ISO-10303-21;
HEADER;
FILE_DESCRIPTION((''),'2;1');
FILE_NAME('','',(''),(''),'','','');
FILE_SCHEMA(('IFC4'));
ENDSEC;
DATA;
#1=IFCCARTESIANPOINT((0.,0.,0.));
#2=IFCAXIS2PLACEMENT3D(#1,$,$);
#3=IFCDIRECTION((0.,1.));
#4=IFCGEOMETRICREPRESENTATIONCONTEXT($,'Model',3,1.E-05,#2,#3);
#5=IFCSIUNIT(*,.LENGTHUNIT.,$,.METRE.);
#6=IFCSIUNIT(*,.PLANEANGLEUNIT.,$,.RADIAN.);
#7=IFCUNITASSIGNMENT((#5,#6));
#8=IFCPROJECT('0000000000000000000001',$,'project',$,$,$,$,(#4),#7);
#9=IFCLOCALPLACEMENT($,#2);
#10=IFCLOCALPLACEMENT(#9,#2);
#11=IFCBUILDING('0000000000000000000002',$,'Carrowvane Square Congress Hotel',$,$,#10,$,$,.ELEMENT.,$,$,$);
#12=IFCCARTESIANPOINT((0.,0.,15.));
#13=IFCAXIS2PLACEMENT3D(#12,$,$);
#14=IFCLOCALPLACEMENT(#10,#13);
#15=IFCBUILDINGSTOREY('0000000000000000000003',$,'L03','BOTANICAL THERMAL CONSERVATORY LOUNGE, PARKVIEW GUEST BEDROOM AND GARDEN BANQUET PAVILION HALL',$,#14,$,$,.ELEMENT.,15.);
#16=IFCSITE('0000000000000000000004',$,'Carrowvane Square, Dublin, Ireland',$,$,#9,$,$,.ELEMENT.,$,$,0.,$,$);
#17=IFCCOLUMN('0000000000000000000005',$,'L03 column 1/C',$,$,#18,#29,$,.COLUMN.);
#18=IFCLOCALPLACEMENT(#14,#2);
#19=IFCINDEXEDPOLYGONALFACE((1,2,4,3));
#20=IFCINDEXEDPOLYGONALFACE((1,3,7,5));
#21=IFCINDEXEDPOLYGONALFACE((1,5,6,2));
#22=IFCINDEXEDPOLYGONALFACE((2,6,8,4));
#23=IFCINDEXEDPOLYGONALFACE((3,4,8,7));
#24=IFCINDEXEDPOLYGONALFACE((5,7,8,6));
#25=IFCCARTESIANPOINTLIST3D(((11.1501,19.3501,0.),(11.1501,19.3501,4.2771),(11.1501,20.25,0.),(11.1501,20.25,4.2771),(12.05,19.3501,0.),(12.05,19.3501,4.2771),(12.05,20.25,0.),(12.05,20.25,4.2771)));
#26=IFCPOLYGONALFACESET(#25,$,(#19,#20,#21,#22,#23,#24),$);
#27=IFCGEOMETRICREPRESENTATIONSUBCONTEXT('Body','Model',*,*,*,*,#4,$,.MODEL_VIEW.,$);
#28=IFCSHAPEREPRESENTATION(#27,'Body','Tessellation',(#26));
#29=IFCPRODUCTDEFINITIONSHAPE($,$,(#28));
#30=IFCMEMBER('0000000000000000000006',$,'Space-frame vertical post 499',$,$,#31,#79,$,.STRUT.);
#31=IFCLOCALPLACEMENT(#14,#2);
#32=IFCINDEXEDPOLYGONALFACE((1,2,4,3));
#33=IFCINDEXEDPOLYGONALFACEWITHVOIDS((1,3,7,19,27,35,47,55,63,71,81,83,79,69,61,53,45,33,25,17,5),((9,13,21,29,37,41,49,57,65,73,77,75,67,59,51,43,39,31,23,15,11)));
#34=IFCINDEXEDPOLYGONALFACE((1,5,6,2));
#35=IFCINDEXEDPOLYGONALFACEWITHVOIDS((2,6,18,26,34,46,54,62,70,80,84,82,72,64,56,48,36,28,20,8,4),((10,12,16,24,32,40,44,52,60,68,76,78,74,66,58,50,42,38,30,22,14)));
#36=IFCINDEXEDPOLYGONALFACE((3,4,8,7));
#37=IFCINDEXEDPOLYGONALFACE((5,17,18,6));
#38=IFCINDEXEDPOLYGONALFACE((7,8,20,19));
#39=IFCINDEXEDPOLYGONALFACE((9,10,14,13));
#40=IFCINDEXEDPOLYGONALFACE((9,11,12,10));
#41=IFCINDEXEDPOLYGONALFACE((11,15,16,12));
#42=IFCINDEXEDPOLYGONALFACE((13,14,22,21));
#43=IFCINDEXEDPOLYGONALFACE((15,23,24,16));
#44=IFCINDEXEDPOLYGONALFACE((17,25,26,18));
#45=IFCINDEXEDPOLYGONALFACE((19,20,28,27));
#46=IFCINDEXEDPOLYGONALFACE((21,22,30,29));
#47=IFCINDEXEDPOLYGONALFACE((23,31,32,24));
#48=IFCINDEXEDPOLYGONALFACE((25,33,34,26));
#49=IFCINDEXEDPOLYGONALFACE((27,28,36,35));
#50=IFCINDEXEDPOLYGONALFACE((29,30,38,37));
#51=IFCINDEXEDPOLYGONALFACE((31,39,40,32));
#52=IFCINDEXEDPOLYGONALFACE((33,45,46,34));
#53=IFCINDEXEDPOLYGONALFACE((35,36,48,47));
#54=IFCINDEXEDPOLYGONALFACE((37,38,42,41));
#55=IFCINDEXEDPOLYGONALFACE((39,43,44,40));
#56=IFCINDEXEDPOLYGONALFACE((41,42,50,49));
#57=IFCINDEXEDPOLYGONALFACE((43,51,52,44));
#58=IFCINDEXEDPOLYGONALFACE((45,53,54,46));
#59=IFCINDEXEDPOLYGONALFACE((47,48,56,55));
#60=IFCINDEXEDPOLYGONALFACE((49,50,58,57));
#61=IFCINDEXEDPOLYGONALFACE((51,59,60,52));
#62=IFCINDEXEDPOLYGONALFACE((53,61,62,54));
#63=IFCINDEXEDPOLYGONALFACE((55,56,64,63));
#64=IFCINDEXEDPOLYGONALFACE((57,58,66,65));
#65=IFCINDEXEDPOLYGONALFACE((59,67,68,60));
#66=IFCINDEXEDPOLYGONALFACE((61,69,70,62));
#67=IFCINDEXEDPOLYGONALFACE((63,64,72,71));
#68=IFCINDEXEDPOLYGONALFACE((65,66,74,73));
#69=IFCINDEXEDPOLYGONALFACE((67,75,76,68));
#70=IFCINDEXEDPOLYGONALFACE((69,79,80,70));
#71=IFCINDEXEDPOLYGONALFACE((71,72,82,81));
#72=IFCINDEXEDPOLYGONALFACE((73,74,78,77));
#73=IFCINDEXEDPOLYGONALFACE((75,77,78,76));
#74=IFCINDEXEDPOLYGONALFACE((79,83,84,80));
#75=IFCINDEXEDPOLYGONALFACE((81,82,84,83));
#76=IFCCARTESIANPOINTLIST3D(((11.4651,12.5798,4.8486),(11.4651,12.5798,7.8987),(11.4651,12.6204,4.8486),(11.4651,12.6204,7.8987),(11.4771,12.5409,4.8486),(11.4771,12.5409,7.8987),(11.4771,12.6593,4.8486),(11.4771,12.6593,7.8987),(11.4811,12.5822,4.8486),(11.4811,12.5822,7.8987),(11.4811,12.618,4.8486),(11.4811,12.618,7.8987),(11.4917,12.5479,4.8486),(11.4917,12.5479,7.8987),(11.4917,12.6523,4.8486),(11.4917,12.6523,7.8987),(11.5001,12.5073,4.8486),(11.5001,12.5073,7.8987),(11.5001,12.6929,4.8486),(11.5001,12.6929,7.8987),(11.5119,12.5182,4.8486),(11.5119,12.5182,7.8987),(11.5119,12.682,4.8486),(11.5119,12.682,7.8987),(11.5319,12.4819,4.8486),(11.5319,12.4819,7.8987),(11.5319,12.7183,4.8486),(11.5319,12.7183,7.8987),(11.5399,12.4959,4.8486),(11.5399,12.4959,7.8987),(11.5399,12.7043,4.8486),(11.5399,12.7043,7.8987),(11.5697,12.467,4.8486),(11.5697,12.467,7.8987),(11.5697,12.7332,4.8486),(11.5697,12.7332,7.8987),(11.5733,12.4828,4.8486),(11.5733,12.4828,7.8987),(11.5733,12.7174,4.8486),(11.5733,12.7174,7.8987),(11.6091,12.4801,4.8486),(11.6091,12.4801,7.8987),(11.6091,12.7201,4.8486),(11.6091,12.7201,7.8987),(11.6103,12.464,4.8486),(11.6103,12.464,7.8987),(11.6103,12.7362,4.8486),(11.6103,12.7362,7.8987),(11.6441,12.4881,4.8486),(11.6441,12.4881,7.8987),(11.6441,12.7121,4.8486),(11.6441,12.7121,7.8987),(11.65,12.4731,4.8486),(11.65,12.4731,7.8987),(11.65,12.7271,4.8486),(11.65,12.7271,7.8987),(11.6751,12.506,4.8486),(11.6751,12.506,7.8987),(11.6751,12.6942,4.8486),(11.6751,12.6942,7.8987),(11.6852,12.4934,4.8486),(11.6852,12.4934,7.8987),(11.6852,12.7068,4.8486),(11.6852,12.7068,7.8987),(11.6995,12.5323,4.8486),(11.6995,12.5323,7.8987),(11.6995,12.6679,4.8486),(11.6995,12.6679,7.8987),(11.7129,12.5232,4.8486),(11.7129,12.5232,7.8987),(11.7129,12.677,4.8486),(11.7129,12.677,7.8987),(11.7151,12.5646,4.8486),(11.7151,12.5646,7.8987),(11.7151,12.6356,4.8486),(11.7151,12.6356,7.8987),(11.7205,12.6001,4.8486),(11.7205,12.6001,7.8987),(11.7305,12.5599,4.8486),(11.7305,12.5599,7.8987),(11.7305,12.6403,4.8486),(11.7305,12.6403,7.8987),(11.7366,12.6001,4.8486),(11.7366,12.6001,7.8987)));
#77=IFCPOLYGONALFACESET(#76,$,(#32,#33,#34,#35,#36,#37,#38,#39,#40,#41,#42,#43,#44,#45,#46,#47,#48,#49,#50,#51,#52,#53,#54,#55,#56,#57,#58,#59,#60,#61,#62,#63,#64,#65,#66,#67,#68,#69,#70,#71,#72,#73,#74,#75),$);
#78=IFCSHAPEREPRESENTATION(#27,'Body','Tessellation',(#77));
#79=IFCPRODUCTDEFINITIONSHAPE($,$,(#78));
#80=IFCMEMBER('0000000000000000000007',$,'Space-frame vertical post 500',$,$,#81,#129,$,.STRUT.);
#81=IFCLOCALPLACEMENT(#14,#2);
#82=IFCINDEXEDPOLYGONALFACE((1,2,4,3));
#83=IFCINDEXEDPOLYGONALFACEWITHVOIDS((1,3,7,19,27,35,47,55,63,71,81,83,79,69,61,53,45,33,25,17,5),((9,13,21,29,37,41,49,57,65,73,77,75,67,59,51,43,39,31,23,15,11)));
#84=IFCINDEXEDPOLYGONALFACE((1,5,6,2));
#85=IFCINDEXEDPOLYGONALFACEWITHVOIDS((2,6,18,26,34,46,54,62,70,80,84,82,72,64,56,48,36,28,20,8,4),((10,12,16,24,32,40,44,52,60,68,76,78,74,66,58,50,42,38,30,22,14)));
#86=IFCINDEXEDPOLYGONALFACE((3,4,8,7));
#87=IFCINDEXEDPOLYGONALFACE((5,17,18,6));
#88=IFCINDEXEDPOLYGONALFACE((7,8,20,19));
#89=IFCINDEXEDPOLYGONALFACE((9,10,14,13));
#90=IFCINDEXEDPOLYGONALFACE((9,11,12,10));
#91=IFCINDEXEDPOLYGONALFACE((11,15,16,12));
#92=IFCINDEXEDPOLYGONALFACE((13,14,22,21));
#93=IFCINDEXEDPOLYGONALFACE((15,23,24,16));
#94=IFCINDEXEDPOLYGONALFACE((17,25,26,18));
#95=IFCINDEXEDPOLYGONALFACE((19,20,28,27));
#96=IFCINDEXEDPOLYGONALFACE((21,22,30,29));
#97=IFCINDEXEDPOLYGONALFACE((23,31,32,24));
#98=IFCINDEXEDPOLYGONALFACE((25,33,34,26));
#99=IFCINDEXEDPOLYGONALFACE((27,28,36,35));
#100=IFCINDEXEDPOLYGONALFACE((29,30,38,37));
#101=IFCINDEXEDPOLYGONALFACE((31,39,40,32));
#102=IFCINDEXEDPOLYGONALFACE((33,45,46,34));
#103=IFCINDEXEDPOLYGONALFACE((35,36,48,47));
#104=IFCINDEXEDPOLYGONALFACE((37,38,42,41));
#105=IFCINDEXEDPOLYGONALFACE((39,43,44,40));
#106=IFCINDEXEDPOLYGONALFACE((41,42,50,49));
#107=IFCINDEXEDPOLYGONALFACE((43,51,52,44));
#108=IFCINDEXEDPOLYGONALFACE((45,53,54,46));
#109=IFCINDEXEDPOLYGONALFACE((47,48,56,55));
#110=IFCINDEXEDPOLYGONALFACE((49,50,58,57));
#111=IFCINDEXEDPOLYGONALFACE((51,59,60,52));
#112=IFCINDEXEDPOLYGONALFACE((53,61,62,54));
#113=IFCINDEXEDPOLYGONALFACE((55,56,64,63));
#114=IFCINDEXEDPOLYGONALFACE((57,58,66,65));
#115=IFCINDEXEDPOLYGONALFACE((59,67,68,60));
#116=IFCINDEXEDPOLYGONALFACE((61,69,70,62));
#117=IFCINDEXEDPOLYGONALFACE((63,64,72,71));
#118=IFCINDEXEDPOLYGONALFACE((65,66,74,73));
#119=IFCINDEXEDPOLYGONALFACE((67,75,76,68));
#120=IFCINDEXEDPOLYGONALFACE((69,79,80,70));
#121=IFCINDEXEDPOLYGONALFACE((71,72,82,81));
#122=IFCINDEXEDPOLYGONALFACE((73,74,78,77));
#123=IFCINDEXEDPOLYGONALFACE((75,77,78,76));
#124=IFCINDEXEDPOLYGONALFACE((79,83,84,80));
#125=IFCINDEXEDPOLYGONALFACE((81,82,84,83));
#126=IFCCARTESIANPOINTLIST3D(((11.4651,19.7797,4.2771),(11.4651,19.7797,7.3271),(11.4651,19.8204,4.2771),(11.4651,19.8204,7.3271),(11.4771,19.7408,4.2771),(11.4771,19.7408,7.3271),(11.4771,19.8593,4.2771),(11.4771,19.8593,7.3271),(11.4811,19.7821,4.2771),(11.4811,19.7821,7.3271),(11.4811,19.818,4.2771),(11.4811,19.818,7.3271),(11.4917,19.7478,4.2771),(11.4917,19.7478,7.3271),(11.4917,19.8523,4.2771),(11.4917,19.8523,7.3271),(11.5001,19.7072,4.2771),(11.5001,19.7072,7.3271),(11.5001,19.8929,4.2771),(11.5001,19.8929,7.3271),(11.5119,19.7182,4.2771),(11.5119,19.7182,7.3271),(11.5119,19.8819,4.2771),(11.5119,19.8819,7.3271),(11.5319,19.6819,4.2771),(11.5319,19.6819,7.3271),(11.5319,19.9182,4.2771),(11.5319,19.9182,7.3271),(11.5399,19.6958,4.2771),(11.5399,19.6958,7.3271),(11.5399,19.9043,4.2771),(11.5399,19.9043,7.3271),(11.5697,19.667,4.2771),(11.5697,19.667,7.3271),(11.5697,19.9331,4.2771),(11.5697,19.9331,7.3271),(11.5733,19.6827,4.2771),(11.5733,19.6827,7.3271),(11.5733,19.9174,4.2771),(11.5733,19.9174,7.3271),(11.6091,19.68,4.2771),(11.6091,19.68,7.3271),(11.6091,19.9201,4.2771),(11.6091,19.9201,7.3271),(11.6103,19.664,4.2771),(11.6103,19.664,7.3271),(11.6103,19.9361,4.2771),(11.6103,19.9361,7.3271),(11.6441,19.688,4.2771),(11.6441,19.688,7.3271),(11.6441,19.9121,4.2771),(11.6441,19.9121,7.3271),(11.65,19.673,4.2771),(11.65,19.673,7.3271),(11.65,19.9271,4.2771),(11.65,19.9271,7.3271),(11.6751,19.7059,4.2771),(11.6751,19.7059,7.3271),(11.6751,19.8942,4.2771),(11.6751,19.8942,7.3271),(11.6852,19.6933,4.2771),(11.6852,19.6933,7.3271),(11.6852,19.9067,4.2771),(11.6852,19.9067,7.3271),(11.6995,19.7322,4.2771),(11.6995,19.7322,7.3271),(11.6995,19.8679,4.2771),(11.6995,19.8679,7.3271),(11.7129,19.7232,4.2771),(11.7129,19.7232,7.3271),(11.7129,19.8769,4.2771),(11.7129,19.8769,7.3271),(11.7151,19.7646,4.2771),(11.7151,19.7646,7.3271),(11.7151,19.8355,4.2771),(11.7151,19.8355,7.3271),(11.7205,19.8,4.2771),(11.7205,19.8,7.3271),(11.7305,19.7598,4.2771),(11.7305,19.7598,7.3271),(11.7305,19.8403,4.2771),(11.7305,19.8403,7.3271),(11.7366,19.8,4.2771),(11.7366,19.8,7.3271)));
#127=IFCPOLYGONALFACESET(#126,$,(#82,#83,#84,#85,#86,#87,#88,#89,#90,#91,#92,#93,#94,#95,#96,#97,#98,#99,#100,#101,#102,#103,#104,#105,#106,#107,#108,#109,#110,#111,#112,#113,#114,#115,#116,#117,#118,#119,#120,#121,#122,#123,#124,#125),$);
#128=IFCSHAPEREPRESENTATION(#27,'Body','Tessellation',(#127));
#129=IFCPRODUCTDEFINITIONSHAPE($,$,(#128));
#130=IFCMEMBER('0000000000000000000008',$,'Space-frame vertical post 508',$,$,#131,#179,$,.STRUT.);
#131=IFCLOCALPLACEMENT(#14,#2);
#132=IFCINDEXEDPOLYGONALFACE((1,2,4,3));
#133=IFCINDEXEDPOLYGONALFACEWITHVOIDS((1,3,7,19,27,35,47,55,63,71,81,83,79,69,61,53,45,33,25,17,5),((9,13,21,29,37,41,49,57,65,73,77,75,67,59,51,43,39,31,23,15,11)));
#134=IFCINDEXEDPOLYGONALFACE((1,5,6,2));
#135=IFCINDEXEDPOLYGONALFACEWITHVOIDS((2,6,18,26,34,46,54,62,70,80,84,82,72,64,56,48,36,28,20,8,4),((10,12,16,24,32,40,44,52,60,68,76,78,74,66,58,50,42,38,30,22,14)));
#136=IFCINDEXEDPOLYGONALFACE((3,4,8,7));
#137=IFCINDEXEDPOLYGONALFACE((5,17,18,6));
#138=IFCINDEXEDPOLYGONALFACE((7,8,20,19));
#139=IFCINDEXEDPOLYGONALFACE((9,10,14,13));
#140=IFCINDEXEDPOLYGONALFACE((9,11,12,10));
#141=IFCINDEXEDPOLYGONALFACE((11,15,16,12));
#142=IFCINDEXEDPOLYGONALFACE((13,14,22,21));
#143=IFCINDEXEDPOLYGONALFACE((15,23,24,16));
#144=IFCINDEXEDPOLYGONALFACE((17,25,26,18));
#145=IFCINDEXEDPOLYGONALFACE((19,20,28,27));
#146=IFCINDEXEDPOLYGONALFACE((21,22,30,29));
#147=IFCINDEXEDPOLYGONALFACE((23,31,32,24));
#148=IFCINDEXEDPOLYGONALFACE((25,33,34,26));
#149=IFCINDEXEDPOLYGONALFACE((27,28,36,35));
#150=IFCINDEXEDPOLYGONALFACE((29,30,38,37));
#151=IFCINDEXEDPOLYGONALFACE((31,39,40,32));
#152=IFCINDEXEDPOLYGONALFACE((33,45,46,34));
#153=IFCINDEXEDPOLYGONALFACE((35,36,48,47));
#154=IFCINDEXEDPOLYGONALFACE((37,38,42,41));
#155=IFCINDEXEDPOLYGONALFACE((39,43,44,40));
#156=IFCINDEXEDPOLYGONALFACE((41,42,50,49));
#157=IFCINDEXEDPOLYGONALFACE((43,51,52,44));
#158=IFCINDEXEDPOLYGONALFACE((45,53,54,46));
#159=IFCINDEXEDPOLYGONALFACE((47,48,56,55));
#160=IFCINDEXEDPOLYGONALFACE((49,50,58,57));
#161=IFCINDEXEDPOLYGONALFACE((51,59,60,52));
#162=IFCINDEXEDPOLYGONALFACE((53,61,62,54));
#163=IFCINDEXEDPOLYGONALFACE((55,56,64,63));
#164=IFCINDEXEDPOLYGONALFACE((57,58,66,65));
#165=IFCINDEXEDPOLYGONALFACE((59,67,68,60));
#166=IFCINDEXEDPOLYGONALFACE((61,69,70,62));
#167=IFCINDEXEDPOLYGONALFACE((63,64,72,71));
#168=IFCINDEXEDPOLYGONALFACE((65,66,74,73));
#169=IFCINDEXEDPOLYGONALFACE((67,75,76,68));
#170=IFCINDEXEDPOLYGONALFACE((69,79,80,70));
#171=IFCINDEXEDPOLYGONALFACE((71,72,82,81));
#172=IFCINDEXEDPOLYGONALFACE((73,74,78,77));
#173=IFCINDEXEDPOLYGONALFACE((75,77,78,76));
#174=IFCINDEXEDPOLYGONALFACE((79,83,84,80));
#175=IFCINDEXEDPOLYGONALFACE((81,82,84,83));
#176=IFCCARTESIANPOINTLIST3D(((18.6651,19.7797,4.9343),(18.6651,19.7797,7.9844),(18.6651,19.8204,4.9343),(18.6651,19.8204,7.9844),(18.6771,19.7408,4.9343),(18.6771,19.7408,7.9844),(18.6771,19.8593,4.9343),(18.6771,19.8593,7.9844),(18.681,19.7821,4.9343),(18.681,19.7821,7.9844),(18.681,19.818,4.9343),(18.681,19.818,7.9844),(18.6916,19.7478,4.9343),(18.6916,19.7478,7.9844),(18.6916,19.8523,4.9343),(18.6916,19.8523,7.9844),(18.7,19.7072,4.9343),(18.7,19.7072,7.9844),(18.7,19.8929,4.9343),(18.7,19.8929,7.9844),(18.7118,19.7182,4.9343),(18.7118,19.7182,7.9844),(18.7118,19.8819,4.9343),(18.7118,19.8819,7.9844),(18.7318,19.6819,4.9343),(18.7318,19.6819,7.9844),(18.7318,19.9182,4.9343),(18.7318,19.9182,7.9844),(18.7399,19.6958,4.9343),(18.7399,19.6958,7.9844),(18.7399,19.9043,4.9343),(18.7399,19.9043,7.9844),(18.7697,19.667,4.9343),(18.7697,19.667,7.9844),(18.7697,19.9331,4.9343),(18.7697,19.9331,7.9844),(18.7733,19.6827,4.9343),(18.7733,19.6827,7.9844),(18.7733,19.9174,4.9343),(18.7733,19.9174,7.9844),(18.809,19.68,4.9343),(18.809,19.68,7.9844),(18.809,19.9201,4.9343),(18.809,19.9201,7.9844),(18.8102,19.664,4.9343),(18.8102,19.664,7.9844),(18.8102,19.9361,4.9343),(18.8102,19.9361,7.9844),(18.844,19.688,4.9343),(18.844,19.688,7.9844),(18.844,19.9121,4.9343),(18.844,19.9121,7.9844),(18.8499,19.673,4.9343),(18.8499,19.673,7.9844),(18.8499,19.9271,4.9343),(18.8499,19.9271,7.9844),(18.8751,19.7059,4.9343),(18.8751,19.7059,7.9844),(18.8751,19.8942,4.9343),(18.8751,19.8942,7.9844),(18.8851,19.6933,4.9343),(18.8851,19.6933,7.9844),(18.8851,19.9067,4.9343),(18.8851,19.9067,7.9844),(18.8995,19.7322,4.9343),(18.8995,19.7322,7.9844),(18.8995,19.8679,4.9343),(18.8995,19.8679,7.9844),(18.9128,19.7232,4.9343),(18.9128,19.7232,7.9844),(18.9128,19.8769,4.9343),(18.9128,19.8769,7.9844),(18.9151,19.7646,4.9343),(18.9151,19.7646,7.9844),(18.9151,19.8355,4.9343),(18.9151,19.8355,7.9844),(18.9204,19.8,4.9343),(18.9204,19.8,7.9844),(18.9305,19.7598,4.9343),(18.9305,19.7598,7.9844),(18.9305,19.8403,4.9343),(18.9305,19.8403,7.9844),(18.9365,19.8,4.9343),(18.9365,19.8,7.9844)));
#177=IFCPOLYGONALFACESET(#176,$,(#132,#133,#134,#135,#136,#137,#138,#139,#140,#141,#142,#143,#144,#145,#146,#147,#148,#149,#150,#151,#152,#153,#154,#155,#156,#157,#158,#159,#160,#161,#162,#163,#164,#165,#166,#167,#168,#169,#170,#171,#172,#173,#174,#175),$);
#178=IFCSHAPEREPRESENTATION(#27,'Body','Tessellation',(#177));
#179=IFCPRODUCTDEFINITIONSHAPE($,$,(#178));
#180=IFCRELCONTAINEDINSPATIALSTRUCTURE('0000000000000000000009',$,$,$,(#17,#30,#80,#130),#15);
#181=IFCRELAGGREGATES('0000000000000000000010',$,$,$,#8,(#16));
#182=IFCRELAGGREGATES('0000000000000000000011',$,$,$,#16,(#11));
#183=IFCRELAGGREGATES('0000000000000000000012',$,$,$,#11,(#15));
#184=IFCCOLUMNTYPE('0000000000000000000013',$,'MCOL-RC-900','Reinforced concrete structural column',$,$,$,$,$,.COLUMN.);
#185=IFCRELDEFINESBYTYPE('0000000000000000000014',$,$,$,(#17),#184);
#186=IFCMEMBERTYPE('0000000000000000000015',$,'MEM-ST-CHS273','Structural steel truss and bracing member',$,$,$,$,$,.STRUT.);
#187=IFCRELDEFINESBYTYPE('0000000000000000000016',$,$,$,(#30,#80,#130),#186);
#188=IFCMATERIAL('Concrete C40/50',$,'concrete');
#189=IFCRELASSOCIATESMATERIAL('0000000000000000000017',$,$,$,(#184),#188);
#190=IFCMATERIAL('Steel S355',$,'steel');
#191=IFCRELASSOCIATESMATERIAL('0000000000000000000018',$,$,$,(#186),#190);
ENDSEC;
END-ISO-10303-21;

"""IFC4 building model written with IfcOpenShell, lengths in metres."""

from ifc_helpers import new_model, si_unit, direction, frame, origin, origin_2d, place, context, subcontext, project, spatial, rectangle, hollow_circle, extrude, material, material_profile, profile_set, type_object, element, save


model = new_model("IFC4")

# Units and contexts
model_context = context("Model", 3, precision=1e-05, world=origin(), true_north=direction((0.0, 1.0)))
body_context = subcontext(model_context, "Body", "Model", "MODEL_VIEW")
ifc_project = project(units=[si_unit("LENGTHUNIT", "METRE"), si_unit("PLANEANGLEUNIT", "RADIAN")], contexts=[model_context])

# Site, building, storey
site_placement = place(None, origin())
site = spatial("IfcSite", under=ifc_project, at=site_placement, Name="Carrowvane Square, Dublin, Ireland", CompositionType="ELEMENT", RefElevation=0.0)
building_placement = place(site_placement, origin())
building = spatial("IfcBuilding", under=site, at=building_placement, Name="Carrowvane Square Congress Hotel", CompositionType="ELEMENT")
storey_placement = place(building_placement, frame((0.0, 0.0, 15.0)))
storey = spatial("IfcBuildingStorey", under=building, at=storey_placement, Name="L03", Description="BOTANICAL THERMAL CONSERVATORY LOUNGE, PARKVIEW GUEST BEDROOM AND GARDEN BANQUET PAVILION HALL", CompositionType="ELEMENT", Elevation=15.0)

# Column
ifc_material_1 = material(Name="Concrete C40/50", Category="concrete")
ifc_material_profile_1 = material_profile(ifc_material_1, rectangle(XDim=0.8999, YDim=0.8999, at=origin_2d()), Name="RC 900x900")
ifc_profile_set_1 = profile_set([ifc_material_profile_1], Name="Concrete C40/50")
column_type = type_object("IfcColumnType", Name="MCOL-RC-900", Description="Reinforced concrete structural column", PredefinedType="COLUMN", material=ifc_profile_set_1)
column_placement = place(storey_placement, frame((11.6001, 19.8, 0.0), z_axis=(0.0, 0.0, 1.0), x_axis=(1.0, 0.0, 0.0)))
element("IfcColumn", 1, at=column_placement, inside=storey, type_object=column_type, Name="L03 column 1/C", PredefinedType="COLUMN", context=body_context, shape_type="SweptSolid", body=[
    extrude(rectangle(XDim=0.8999, YDim=0.8999, at=origin_2d()), origin(), (0.0, 0.0, 1.0), 4.2771),
])

# Members
ifc_material_2 = material(Name="Steel S355", Category="steel")
ifc_material_profile_2 = material_profile(ifc_material_2, hollow_circle(Radius=0.1365, WallThickness=0.0161, at=origin_2d()), Name="CHS 273.0x16")
ifc_profile_set_2 = profile_set([ifc_material_profile_2], Name="Steel S355")
member_type_1 = type_object("IfcMemberType", Name="MEM-ST-CHS273", Description="Structural steel truss and bracing member", PredefinedType="STRUT", material=ifc_profile_set_2)
for number, where, z_axis, x_axis, name in (
    (2, (11.6001, 12.6001, 4.8486), (0.0, 0.0, 1.0), (1.0, 0.0, 0.0), "Space-frame vertical post 499"),
    (3, (11.6001, 19.8, 4.2771), (0.0, 0.0, 1.0), (1.0, 0.0, 0.0), "Space-frame vertical post 500"),
    (4, (18.8, 19.8, 4.9343), (0.0, 0.0, 1.0), (1.0, 0.0, 0.0), "Space-frame vertical post 508"),
):
    element("IfcMember", number, at=place(storey_placement, frame(where, z_axis=z_axis, x_axis=x_axis)), inside=storey, type_object=member_type_1, Name=name, PredefinedType="STRUT", context=body_context, shape_type="SweptSolid", body=[
        extrude(hollow_circle(Radius=0.1365, WallThickness=0.0161, at=origin_2d()), origin(), (0.0, 0.0, 1.0), 3.05),
    ])

save(model, "model.ifc")
